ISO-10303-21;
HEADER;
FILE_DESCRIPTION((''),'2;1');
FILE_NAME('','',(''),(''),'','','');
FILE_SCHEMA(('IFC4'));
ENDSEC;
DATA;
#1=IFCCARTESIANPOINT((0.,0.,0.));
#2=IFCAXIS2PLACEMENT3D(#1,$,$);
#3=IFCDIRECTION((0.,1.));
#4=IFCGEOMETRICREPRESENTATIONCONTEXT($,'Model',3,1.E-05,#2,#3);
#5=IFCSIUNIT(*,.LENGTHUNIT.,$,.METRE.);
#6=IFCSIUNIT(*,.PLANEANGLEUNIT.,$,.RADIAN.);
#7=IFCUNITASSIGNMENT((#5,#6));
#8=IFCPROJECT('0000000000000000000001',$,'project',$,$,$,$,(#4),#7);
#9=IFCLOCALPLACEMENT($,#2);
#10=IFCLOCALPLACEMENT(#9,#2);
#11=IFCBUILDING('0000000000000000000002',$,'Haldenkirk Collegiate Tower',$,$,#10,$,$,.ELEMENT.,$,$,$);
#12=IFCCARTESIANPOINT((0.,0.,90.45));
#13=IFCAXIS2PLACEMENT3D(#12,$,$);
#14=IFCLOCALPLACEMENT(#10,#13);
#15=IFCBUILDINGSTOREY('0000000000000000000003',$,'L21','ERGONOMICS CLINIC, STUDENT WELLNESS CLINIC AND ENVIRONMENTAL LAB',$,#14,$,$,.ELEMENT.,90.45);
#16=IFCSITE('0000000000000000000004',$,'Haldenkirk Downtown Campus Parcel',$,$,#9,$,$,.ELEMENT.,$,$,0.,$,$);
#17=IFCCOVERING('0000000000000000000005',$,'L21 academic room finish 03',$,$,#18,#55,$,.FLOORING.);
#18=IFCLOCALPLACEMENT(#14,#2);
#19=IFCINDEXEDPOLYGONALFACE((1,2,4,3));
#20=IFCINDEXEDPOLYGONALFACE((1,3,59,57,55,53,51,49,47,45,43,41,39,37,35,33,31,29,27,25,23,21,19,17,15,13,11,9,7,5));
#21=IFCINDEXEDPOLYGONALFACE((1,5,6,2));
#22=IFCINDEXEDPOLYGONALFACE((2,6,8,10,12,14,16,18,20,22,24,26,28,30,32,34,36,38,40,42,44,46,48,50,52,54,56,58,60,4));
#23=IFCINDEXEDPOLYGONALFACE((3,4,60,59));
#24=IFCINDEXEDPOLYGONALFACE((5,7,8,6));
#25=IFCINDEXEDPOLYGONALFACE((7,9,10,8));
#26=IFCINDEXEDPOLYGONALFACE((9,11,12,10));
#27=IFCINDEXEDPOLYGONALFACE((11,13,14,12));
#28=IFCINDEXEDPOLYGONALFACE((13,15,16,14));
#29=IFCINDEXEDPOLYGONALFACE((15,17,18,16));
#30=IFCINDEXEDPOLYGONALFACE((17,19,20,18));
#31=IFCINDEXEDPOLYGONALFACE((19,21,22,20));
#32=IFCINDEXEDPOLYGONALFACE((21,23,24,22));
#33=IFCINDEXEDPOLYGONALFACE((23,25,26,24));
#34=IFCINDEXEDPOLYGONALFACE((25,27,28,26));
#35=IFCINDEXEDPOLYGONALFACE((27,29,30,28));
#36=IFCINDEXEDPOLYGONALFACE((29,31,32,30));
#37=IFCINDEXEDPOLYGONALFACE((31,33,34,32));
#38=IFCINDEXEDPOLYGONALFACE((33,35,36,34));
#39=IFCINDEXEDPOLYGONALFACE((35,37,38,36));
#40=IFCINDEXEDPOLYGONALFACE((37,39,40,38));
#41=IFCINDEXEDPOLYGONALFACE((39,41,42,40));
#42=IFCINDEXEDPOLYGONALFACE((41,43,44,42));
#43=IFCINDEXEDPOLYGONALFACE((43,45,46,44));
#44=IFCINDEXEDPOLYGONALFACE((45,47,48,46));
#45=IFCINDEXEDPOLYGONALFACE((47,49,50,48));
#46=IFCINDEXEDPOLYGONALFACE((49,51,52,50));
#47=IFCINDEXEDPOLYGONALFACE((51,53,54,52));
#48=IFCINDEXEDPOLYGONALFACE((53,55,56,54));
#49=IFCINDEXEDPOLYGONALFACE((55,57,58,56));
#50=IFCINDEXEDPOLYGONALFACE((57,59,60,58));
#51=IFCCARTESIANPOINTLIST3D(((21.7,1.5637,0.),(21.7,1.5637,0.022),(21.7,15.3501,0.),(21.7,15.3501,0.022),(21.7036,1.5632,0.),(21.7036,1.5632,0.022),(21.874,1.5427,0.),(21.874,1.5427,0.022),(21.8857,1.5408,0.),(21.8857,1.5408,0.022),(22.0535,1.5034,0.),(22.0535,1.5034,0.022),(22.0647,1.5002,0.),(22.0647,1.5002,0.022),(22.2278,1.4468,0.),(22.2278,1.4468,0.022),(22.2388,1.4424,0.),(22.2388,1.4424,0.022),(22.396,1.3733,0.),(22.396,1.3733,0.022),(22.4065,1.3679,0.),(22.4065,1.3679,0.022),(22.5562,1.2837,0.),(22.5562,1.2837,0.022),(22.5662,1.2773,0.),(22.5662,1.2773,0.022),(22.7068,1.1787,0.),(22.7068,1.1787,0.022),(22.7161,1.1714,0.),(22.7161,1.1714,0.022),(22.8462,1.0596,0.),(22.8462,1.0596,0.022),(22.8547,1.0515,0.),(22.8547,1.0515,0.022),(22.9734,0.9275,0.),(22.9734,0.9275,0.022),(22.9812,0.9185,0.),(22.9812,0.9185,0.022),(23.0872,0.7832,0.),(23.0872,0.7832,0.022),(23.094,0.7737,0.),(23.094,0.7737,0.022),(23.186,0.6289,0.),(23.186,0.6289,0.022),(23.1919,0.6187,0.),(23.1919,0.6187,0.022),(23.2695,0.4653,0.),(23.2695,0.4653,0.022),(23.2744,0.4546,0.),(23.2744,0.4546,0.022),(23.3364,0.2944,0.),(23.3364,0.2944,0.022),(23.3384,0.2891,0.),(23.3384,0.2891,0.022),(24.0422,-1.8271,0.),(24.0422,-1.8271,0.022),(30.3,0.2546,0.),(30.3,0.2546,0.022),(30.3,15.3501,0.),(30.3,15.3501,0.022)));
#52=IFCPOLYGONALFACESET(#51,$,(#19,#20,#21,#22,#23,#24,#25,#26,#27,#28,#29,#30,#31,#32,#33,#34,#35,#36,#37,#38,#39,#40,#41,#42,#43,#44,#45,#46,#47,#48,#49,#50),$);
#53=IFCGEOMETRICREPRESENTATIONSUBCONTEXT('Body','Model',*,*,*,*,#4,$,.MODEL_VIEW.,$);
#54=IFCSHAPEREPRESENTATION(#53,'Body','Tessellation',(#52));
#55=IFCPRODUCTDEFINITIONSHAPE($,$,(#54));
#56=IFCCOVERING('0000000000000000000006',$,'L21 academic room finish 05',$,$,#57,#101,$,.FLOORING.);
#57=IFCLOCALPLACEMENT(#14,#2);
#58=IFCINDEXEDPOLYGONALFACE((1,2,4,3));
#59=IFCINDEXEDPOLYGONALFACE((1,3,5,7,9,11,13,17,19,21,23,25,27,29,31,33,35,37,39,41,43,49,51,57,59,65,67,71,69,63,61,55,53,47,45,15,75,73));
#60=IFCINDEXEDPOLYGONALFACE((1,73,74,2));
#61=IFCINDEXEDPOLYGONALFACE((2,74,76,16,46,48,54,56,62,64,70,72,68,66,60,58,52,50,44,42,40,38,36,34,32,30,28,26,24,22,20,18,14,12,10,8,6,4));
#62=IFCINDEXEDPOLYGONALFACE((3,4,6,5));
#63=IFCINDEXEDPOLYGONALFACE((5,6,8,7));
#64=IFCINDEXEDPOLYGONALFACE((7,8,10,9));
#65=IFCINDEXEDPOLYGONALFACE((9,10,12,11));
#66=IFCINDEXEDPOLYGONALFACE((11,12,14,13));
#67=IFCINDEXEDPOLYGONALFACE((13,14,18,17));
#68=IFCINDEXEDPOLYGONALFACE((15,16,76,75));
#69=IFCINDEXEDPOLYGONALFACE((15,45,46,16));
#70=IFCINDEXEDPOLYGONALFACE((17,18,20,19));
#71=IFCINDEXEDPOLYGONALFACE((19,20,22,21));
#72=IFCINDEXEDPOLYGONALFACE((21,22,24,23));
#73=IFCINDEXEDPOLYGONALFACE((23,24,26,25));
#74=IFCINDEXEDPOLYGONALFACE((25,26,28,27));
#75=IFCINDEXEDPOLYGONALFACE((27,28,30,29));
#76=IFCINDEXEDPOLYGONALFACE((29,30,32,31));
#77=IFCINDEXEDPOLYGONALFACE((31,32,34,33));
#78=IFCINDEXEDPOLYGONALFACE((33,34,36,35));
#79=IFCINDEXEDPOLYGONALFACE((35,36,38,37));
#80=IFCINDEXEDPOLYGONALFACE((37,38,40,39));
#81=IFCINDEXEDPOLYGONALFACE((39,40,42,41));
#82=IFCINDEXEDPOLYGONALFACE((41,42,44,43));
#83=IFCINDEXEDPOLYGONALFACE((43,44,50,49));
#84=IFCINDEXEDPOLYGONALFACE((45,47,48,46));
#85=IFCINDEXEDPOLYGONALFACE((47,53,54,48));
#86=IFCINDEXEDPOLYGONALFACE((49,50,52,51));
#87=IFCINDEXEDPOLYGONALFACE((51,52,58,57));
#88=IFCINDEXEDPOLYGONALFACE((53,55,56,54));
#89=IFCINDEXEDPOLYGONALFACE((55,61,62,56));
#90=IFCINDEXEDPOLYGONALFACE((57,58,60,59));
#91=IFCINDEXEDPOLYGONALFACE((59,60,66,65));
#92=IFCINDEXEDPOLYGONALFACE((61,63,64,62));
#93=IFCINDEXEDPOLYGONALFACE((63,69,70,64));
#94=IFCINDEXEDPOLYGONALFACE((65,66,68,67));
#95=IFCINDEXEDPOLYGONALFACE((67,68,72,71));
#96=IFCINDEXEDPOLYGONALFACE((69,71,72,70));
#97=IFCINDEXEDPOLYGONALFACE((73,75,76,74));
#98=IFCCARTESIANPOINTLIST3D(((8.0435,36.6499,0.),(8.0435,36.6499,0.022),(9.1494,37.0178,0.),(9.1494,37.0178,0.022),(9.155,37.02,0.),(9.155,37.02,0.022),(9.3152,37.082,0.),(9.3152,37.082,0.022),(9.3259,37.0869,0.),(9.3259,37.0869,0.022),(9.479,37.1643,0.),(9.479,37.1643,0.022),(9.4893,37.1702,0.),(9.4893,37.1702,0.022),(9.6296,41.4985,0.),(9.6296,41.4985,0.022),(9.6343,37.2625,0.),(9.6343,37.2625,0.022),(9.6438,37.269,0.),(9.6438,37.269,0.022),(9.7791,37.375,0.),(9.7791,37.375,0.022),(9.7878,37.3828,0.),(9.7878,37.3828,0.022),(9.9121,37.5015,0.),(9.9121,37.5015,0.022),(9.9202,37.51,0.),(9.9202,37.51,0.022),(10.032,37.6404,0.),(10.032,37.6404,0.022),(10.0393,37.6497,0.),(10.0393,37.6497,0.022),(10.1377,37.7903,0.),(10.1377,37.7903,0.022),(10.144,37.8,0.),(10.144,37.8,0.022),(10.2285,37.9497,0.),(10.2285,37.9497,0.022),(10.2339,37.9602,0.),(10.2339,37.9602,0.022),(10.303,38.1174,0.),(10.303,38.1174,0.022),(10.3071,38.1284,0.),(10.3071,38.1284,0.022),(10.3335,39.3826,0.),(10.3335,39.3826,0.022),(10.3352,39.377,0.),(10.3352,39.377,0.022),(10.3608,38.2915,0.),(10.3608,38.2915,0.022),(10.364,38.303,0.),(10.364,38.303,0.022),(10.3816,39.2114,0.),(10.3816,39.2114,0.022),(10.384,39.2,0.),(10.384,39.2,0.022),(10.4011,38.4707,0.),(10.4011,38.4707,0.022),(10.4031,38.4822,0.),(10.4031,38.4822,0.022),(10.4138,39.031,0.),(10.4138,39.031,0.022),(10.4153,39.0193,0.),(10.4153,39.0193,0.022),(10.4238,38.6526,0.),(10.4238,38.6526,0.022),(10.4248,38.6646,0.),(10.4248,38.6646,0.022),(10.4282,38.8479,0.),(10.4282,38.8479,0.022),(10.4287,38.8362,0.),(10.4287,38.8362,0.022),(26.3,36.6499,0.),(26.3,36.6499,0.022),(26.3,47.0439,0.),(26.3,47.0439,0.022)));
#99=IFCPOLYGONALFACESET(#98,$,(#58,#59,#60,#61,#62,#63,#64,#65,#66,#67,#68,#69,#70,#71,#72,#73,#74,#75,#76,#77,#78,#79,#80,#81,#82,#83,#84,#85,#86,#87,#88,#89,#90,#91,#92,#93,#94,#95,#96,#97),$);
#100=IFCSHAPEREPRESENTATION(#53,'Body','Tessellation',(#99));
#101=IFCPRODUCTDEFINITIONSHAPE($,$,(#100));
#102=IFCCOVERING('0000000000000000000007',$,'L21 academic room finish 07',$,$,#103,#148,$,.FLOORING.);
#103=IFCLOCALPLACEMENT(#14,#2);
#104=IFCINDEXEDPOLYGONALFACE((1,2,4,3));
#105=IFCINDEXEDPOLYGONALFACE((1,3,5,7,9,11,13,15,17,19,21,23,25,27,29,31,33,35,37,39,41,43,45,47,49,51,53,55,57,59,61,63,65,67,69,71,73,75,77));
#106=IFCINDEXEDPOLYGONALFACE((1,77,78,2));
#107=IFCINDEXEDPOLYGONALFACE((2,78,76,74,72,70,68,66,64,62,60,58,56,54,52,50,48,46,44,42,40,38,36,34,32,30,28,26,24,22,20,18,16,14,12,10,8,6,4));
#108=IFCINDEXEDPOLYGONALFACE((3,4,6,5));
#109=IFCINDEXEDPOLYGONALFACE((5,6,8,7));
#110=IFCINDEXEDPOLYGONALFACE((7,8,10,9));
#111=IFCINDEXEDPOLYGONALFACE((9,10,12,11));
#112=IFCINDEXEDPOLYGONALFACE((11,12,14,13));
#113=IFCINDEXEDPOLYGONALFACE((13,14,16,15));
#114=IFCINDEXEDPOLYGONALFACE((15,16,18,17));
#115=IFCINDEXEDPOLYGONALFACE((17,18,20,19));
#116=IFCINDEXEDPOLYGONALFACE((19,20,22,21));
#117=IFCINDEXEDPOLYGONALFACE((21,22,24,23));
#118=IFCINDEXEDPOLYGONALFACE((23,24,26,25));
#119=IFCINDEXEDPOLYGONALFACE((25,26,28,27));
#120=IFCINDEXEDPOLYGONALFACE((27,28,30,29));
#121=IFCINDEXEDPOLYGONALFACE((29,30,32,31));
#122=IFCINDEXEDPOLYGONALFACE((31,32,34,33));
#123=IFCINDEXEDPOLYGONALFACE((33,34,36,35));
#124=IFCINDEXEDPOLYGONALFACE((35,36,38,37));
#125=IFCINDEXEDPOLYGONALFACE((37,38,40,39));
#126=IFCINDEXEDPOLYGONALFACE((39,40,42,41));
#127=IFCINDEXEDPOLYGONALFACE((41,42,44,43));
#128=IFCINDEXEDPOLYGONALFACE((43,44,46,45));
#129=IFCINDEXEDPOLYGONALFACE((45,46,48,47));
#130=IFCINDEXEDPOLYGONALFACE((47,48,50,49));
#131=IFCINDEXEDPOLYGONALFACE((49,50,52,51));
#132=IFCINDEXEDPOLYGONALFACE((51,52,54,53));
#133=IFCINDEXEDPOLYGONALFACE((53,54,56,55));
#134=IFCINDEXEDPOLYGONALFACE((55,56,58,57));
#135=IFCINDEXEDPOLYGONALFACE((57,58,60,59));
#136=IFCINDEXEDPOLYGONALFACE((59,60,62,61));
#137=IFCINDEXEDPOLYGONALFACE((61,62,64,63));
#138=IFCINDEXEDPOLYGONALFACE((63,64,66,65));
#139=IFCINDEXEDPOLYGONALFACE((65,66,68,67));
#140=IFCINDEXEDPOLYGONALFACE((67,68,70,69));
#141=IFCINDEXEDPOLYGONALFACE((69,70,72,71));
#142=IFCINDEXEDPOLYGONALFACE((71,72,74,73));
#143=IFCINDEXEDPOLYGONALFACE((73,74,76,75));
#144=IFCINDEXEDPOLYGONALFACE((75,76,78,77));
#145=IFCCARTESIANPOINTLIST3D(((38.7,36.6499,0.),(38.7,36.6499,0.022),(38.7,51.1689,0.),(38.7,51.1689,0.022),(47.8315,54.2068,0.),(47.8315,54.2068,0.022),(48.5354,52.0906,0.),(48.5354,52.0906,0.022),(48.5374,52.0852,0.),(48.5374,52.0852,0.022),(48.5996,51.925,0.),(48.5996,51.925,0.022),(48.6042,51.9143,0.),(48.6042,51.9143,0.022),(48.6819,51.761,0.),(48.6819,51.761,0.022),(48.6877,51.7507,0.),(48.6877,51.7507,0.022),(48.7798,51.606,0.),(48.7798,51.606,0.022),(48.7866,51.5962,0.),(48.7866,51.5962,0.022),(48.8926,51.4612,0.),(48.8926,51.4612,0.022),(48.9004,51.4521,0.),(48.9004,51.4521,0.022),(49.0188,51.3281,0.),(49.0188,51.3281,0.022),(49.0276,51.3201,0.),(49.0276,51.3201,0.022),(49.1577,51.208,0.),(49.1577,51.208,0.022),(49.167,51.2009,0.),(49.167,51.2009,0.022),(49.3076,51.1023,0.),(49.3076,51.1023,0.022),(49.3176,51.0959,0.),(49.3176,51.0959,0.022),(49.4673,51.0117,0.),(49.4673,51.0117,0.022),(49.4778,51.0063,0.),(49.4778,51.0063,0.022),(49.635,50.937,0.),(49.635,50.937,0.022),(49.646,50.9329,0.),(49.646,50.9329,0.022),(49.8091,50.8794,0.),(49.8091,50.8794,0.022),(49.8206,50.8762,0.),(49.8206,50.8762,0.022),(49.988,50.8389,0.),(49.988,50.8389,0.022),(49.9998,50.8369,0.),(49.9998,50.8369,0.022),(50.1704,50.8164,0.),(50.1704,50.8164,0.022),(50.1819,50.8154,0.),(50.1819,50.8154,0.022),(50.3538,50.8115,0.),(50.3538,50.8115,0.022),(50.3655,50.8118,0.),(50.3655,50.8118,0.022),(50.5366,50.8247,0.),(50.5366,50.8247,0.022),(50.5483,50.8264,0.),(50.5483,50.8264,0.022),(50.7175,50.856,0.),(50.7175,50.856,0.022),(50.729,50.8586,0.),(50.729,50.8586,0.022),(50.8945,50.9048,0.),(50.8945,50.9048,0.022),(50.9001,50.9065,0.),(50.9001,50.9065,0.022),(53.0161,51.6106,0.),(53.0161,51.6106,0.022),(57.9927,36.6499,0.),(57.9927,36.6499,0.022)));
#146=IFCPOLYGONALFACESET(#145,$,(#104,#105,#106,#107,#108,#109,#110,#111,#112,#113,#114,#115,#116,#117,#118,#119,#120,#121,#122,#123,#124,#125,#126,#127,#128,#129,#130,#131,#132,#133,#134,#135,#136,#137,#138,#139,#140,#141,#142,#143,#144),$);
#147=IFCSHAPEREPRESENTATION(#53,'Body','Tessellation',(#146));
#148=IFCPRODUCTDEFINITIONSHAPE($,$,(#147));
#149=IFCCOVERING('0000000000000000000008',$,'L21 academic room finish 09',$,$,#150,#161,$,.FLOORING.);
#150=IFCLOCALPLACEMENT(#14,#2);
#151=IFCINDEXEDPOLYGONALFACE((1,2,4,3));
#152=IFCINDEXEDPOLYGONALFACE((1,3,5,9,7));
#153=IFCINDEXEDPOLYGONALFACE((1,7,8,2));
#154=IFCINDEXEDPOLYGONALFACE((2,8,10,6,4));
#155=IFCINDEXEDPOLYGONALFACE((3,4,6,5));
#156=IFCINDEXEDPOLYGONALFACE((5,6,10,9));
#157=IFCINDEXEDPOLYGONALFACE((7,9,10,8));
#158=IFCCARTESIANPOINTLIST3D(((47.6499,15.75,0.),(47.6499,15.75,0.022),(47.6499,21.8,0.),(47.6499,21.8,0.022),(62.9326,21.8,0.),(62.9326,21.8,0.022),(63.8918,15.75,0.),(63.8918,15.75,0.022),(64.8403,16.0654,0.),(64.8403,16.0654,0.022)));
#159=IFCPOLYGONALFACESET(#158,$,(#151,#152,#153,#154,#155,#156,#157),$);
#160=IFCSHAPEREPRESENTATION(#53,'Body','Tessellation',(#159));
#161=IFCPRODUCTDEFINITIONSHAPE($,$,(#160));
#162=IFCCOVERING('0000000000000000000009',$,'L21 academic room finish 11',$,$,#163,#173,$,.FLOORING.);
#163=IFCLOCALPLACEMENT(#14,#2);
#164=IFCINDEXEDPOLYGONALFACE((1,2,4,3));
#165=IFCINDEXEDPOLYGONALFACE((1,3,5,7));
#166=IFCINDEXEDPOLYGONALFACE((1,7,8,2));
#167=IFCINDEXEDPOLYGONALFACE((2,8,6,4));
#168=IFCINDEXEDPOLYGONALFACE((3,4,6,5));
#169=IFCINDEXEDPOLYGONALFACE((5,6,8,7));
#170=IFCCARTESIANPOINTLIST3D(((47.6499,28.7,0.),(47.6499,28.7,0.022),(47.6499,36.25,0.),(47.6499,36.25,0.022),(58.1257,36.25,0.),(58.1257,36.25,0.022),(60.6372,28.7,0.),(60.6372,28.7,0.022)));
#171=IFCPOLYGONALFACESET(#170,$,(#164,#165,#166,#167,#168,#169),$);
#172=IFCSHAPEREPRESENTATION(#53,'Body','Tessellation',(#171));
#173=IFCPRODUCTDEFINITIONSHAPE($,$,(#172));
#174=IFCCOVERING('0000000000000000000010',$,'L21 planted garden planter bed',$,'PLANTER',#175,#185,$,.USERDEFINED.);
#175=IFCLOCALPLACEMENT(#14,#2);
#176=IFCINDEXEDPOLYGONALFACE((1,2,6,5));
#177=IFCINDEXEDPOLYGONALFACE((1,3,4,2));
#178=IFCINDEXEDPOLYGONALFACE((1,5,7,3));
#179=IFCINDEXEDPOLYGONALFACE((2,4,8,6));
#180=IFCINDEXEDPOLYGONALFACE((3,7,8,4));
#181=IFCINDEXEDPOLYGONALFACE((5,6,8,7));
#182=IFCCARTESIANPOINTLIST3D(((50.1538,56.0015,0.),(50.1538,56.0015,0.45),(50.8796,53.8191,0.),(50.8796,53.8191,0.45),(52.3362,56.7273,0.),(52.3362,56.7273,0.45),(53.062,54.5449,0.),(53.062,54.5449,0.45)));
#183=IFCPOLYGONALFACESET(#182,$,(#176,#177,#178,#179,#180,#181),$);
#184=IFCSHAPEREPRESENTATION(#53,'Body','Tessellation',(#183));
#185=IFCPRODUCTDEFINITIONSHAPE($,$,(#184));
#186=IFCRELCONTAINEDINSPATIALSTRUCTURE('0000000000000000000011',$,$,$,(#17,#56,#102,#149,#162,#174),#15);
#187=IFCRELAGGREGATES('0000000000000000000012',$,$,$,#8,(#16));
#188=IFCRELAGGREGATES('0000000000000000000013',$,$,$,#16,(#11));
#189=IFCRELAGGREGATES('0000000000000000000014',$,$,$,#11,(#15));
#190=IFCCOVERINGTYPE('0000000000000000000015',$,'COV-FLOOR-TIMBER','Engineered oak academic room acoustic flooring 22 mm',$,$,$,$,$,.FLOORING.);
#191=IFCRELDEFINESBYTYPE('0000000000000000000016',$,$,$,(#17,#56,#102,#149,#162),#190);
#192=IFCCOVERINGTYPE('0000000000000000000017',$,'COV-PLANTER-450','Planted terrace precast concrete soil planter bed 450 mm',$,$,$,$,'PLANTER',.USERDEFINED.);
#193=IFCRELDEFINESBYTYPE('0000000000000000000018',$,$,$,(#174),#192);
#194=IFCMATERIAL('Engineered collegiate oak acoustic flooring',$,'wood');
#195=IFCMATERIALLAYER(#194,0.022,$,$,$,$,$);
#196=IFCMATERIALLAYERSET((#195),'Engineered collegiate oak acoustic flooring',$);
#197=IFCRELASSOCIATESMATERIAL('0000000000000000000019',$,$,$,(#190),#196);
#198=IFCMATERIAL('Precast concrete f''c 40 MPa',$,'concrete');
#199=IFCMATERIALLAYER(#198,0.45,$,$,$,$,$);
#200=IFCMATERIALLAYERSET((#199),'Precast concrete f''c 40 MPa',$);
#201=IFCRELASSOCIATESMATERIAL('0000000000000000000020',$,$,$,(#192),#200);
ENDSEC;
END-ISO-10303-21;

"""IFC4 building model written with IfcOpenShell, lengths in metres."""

from ifc_helpers import new_model, si_unit, direction, frame, origin, place, context, subcontext, project, spatial, polyline, outline, extrude, material, layer, layer_set, type_object, element, save


model = new_model("IFC4")

# Units and contexts
model_context = context("Model", 3, precision=1e-05, world=origin(), true_north=direction((0.0, 1.0)))
body_context = subcontext(model_context, "Body", "Model", "MODEL_VIEW")
ifc_project = project(units=[si_unit("LENGTHUNIT", "METRE"), si_unit("PLANEANGLEUNIT", "RADIAN")], contexts=[model_context])

# Site, building, storey
site_placement = place(None, origin())
site = spatial("IfcSite", under=ifc_project, at=site_placement, Name="Haldenkirk Downtown Campus Parcel", CompositionType="ELEMENT", RefElevation=0.0)
building_placement = place(site_placement, origin())
building = spatial("IfcBuilding", under=site, at=building_placement, Name="Haldenkirk Collegiate Tower", CompositionType="ELEMENT")
storey_placement = place(building_placement, frame((0.0, 0.0, 90.45)))
storey = spatial("IfcBuildingStorey", under=building, at=storey_placement, Name="L21", Description="ERGONOMICS CLINIC, STUDENT WELLNESS CLINIC AND ENVIRONMENTAL LAB", CompositionType="ELEMENT", Elevation=90.45)

# Coverings
ifc_material_1 = material(Name="Engineered collegiate oak acoustic flooring", Category="wood")
ifc_layer_1 = layer(ifc_material_1, 0.022)
ifc_layer_set_1 = layer_set([ifc_layer_1], Name="Engineered collegiate oak acoustic flooring")
covering_type_1 = type_object("IfcCoveringType", Name="COV-FLOOR-TIMBER", Description="Engineered oak academic room acoustic flooring 22 mm", PredefinedType="FLOORING", material=ifc_layer_set_1)
covering_1_placement = place(storey_placement, origin())
element("IfcCovering", 1, at=covering_1_placement, inside=storey, type_object=covering_type_1, Name="L21 academic room finish 03", PredefinedType="FLOORING", context=body_context, shape_type="SweptSolid", body=[
    extrude(outline(polyline([(21.7, 1.5637), (21.7, 15.3501), (30.3, 15.3501), (30.3, 0.2546), (24.0422, -1.8271), (23.3384, 0.2891), (23.3364, 0.2944), (23.2744, 0.4546), (23.2695, 0.4653), (23.1919, 0.6187), (23.186, 0.6289), (23.094, 0.7737), (23.0872, 0.7832), (22.9812, 0.9185), (22.9734, 0.9275), (22.8547, 1.0515), (22.8462, 1.0596), (22.7161, 1.1714), (22.7068, 1.1787), (22.5662, 1.2773), (22.5562, 1.2837), (22.4065, 1.3679), (22.396, 1.3733), (22.2388, 1.4424), (22.2278, 1.4468), (22.0647, 1.5002), (22.0535, 1.5034), (21.8857, 1.5408), (21.874, 1.5427), (21.7036, 1.5632), (21.7, 1.5637)])), origin(), (0.0, 0.0, 1.0), 0.022),
])
covering_2_placement = place(storey_placement, origin())
element("IfcCovering", 2, at=covering_2_placement, inside=storey, type_object=covering_type_1, Name="L21 academic room finish 05", PredefinedType="FLOORING", context=body_context, shape_type="SweptSolid", body=[
    extrude(outline(polyline([(9.3152, 37.082), (9.3259, 37.0869), (9.479, 37.1643), (9.4893, 37.1702), (9.6343, 37.2625), (9.6438, 37.269), (9.7791, 37.375), (9.7878, 37.3828), (9.9121, 37.5015), (9.9202, 37.51), (10.032, 37.6404), (10.0393, 37.6497), (10.1377, 37.7903), (10.144, 37.8), (10.2285, 37.9497), (10.2339, 37.9602), (10.303, 38.1174), (10.3071, 38.1284), (10.3608, 38.2915), (10.364, 38.303), (10.4011, 38.4707), (10.4031, 38.4822), (10.4238, 38.6526), (10.4248, 38.6646), (10.4287, 38.8362), (10.4282, 38.8479), (10.4153, 39.0193), (10.4138, 39.031), (10.384, 39.2), (10.3816, 39.2114), (10.3352, 39.377), (10.3335, 39.3826), (9.6296, 41.4985), (26.3, 47.0439), (26.3, 36.6499), (8.0435, 36.6499), (9.1494, 37.0178), (9.155, 37.02), (9.3152, 37.082)])), origin(), (0.0, 0.0, 1.0), 0.022),
])
covering_3_placement = place(storey_placement, origin())
element("IfcCovering", 3, at=covering_3_placement, inside=storey, type_object=covering_type_1, Name="L21 academic room finish 07", PredefinedType="FLOORING", context=body_context, shape_type="SweptSolid", body=[
    extrude(outline(polyline([(47.8315, 54.2068), (48.5354, 52.0906), (48.5374, 52.0852), (48.5996, 51.925), (48.6042, 51.9143), (48.6819, 51.761), (48.6877, 51.7507), (48.7798, 51.606), (48.7866, 51.5962), (48.8926, 51.4612), (48.9004, 51.4521), (49.0188, 51.3281), (49.0276, 51.3201), (49.1577, 51.208), (49.167, 51.2009), (49.3076, 51.1023), (49.3176, 51.0959), (49.4673, 51.0117), (49.4778, 51.0063), (49.635, 50.937), (49.646, 50.9329), (49.8091, 50.8794), (49.8206, 50.8762), (49.988, 50.8389), (49.9998, 50.8369), (50.1704, 50.8164), (50.1819, 50.8154), (50.3538, 50.8115), (50.3655, 50.8118), (50.5366, 50.8247), (50.5483, 50.8264), (50.7175, 50.856), (50.729, 50.8586), (50.8945, 50.9048), (50.9001, 50.9065), (53.0161, 51.6106), (57.9927, 36.6499), (38.7, 36.6499), (38.7, 51.1689), (47.8315, 54.2068)])), origin(), (0.0, 0.0, 1.0), 0.022),
])
covering_4_placement = place(storey_placement, origin())
element("IfcCovering", 4, at=covering_4_placement, inside=storey, type_object=covering_type_1, Name="L21 academic room finish 09", PredefinedType="FLOORING", context=body_context, shape_type="SweptSolid", body=[
    extrude(outline(polyline([(63.8918, 15.75), (47.6499, 15.75), (47.6499, 21.8), (62.9326, 21.8), (64.8403, 16.0654), (63.8918, 15.75)])), origin(), (0.0, 0.0, 1.0), 0.022),
])
covering_5_placement = place(storey_placement, origin())
element("IfcCovering", 5, at=covering_5_placement, inside=storey, type_object=covering_type_1, Name="L21 academic room finish 11", PredefinedType="FLOORING", context=body_context, shape_type="SweptSolid", body=[
    extrude(outline(polyline([(60.6372, 28.7), (47.6499, 28.7), (47.6499, 36.25), (58.1257, 36.25), (60.6372, 28.7)])), origin(), (0.0, 0.0, 1.0), 0.022),
])
ifc_material_2 = material(Name="Precast concrete f'c 40 MPa", Category="concrete")
ifc_layer_2 = layer(ifc_material_2, 0.45)
ifc_layer_set_2 = layer_set([ifc_layer_2], Name="Precast concrete f'c 40 MPa")
covering_type_2 = type_object("IfcCoveringType", Name="COV-PLANTER-450", Description="Planted terrace precast concrete soil planter bed 450 mm", ElementType="PLANTER", PredefinedType="USERDEFINED", material=ifc_layer_set_2)
covering_6_placement = place(storey_placement, origin())
element("IfcCovering", 6, at=covering_6_placement, inside=storey, type_object=covering_type_2, Name="L21 planted garden planter bed", ObjectType="PLANTER", PredefinedType="USERDEFINED", context=body_context, shape_type="SweptSolid", body=[
    extrude(outline(polyline([(50.8796, 53.8191), (50.1538, 56.0015), (52.3362, 56.7273), (53.062, 54.5449), (50.8796, 53.8191)])), origin(), (0.0, 0.0, 1.0), 0.45),
])

save(model, "model.ifc")
